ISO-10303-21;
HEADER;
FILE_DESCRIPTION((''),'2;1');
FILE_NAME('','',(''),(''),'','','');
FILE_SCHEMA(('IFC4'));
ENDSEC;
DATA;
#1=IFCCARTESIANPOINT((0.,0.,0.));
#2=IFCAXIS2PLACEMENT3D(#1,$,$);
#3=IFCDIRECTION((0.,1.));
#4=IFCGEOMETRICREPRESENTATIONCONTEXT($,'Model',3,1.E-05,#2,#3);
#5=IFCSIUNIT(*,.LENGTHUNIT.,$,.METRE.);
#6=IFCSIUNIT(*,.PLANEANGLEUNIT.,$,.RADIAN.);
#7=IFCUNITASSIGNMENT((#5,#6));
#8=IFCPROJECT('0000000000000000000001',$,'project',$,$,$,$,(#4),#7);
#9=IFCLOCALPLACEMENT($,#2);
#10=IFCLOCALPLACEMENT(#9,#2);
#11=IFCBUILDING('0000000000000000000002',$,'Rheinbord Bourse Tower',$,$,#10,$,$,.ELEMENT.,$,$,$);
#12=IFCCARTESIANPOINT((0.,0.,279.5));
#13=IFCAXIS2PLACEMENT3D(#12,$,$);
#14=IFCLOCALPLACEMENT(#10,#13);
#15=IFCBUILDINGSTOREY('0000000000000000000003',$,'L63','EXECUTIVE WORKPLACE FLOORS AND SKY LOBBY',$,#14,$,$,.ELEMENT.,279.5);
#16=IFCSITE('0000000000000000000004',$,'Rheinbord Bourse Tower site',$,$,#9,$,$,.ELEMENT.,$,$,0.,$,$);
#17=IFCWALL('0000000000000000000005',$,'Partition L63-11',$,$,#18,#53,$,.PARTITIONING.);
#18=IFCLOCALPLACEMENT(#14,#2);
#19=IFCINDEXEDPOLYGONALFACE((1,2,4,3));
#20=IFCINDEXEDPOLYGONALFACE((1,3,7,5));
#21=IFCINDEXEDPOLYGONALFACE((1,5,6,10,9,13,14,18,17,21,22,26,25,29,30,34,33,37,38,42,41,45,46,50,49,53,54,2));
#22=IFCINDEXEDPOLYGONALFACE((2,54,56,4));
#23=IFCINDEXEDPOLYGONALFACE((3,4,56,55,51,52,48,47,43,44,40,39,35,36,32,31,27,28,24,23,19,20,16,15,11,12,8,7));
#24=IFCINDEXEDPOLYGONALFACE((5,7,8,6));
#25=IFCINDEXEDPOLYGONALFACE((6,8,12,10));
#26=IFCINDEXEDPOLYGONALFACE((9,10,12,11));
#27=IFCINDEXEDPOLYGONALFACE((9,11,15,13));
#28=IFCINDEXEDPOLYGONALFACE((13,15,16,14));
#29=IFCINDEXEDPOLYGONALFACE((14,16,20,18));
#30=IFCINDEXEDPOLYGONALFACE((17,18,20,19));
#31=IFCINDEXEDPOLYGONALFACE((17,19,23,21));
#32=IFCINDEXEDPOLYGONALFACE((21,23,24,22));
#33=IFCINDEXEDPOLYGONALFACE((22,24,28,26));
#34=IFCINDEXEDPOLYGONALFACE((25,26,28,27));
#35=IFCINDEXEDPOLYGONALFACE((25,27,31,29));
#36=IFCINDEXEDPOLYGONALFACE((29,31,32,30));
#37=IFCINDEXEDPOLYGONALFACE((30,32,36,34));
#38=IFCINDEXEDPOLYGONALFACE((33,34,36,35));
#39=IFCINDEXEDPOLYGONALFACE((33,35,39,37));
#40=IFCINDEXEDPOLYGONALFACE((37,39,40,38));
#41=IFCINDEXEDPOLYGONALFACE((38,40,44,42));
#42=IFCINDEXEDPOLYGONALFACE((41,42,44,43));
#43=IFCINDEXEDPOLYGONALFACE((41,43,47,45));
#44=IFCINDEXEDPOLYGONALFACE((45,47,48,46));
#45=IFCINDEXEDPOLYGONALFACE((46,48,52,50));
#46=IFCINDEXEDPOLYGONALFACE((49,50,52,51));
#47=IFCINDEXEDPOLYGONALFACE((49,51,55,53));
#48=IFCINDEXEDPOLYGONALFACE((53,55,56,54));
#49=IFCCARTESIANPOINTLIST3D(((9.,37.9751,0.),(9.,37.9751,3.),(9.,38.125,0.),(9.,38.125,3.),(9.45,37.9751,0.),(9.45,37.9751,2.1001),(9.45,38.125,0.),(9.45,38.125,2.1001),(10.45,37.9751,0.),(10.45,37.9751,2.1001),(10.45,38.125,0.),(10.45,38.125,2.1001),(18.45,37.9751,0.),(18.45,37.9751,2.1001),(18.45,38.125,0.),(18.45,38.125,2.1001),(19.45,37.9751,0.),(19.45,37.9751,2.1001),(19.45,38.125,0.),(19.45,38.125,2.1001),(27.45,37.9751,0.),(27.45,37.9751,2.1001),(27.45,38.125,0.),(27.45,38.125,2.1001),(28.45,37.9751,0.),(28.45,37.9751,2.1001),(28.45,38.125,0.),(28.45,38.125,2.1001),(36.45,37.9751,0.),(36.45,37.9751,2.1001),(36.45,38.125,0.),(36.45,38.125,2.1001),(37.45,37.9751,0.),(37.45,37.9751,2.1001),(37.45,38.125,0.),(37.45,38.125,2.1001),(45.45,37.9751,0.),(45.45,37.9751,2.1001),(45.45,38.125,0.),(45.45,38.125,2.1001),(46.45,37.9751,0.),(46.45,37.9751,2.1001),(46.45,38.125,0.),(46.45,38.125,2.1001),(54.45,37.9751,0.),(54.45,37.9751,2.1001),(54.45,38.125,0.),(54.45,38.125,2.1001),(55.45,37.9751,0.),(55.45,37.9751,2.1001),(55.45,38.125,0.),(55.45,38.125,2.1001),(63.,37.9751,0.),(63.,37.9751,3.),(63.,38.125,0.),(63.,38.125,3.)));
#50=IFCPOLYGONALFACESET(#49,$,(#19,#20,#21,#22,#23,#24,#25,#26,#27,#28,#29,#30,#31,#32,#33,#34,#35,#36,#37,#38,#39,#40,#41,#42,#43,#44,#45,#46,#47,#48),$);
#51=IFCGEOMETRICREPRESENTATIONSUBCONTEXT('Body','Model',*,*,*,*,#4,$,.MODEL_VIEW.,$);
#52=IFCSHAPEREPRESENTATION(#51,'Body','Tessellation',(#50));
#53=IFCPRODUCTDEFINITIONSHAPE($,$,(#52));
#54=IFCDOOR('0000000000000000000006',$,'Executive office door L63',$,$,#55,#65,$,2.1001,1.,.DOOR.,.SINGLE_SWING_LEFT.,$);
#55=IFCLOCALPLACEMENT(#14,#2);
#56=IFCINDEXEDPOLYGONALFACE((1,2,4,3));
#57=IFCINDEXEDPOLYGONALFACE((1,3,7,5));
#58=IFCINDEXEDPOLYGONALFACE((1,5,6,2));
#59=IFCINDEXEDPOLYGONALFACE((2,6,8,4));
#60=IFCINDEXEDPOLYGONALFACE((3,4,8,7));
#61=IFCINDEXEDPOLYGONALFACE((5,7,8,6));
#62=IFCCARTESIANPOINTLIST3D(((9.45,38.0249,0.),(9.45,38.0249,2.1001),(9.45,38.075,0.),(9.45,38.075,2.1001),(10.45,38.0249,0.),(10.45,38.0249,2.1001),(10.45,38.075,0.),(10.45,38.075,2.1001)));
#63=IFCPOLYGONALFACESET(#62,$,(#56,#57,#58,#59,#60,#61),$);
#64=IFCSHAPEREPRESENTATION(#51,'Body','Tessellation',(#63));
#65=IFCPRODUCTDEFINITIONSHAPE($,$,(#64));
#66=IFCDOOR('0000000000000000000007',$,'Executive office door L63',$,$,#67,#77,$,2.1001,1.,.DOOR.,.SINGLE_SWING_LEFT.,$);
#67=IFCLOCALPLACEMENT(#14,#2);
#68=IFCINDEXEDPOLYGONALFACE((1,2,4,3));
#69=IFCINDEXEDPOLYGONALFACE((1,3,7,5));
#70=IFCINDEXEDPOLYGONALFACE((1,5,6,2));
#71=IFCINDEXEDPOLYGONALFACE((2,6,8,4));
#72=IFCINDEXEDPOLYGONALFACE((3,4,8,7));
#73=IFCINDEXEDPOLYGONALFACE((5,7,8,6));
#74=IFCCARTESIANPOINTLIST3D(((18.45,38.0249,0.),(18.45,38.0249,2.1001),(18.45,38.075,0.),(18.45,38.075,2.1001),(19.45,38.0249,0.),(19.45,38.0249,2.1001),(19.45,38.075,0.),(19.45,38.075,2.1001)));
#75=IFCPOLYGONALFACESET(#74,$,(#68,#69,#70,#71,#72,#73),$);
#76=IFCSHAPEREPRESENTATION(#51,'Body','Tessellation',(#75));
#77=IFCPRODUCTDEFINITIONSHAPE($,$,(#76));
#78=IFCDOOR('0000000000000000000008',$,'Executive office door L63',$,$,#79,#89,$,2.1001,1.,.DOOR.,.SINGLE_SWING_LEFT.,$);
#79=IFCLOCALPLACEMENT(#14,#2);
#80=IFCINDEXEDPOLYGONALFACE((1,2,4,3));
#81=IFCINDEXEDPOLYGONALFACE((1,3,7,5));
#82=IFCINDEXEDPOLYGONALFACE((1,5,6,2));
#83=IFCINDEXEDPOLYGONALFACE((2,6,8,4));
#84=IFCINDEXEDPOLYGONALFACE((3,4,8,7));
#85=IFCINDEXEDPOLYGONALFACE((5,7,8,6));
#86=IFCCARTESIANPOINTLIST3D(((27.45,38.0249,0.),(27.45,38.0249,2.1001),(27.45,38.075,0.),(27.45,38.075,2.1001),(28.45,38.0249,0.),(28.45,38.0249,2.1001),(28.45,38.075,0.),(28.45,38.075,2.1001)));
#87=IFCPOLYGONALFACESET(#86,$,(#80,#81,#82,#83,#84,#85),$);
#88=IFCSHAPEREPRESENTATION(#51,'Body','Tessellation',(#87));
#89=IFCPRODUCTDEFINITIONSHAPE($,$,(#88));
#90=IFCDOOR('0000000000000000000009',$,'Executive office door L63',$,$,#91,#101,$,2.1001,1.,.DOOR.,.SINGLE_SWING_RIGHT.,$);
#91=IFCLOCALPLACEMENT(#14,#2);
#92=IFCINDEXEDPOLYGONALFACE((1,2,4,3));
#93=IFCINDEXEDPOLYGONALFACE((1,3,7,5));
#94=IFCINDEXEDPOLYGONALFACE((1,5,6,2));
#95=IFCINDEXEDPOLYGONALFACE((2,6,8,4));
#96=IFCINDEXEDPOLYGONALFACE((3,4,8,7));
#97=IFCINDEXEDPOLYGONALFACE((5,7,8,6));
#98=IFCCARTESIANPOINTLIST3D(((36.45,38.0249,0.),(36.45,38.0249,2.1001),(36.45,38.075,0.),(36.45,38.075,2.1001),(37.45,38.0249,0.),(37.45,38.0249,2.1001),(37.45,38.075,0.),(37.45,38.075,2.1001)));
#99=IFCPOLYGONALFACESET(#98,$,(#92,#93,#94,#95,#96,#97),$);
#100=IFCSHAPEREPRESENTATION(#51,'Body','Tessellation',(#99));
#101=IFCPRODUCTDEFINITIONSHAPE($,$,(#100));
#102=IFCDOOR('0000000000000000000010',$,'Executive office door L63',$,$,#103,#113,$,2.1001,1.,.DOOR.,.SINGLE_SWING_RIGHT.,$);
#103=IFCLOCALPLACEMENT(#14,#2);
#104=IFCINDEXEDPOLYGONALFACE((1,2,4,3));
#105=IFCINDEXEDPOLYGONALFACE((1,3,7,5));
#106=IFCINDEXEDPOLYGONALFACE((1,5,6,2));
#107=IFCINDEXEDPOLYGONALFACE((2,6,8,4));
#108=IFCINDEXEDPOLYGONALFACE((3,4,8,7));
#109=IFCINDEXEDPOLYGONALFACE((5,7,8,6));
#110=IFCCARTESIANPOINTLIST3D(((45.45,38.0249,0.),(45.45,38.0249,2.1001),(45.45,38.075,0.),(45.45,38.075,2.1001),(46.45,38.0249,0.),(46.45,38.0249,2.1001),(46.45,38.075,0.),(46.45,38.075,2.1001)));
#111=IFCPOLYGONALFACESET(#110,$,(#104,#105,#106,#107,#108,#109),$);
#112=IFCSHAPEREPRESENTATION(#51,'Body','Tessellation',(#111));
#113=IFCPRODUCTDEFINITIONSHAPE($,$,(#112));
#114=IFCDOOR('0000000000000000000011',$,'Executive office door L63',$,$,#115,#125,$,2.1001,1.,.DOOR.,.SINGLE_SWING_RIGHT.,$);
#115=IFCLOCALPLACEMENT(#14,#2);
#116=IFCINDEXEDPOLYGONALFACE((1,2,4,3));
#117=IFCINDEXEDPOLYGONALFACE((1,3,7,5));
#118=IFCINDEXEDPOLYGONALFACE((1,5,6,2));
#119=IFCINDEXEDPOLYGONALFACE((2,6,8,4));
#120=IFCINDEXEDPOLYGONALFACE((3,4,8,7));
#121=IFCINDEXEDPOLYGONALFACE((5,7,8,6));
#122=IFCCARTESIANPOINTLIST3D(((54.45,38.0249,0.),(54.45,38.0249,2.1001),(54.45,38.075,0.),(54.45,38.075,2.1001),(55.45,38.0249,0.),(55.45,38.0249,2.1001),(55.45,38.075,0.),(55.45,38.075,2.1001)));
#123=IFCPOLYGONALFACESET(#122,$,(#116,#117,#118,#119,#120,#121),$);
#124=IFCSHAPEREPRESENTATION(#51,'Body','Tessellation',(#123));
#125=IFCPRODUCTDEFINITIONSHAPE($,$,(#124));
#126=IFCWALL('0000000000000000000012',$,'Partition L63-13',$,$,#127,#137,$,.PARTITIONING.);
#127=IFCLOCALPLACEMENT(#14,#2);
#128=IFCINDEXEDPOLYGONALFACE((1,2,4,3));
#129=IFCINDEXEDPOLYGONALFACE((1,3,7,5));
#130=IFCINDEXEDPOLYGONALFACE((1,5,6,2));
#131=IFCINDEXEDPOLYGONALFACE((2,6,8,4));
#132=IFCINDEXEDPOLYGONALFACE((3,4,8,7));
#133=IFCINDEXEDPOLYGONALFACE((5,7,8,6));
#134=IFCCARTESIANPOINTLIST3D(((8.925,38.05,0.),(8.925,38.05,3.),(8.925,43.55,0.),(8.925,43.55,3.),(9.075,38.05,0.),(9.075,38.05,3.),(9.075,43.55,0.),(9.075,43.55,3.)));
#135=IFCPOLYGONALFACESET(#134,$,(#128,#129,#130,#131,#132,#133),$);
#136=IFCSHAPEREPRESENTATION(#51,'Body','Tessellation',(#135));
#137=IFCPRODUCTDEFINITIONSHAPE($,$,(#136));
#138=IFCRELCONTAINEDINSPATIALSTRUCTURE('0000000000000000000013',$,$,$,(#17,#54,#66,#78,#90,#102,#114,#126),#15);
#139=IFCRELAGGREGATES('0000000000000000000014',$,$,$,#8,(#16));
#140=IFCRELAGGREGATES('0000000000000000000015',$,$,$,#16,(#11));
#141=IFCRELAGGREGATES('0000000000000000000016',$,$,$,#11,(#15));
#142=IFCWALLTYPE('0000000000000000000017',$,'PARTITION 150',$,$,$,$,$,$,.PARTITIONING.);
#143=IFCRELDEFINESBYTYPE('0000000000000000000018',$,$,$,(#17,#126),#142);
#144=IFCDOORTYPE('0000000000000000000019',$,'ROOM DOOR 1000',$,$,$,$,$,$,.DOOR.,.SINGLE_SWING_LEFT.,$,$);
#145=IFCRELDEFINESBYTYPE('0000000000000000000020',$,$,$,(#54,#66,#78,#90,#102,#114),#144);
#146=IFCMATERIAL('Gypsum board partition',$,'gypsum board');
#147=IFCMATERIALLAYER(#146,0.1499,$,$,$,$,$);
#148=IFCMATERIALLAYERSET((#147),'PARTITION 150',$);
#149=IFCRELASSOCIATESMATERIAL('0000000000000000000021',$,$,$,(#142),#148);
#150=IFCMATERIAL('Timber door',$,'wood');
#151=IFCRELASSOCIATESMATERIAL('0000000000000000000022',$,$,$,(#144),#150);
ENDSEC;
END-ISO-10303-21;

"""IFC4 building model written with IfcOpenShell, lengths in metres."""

from ifc_helpers import new_model, si_unit, direction, frame, frame_2d, origin, place, context, subcontext, project, spatial, rectangle, extrude, material, layer, layer_set, type_object, element, fill, save


model = new_model("IFC4")

# Units and contexts
model_context = context("Model", 3, precision=1e-05, world=origin(), true_north=direction((0.0, 1.0)))
body_context = subcontext(model_context, "Body", "Model", "MODEL_VIEW")
ifc_project = project(units=[si_unit("LENGTHUNIT", "METRE"), si_unit("PLANEANGLEUNIT", "RADIAN")], contexts=[model_context])

# Site, building, storey
site_placement = place(None, origin())
site = spatial("IfcSite", under=ifc_project, at=site_placement, Name="Rheinbord Bourse Tower site", CompositionType="ELEMENT", RefElevation=0.0)
building_placement = place(site_placement, origin())
building = spatial("IfcBuilding", under=site, at=building_placement, Name="Rheinbord Bourse Tower", CompositionType="ELEMENT")
storey_placement = place(building_placement, frame((0.0, 0.0, 279.5)))
storey = spatial("IfcBuildingStorey", under=building, at=storey_placement, Name="L63", Description="EXECUTIVE WORKPLACE FLOORS AND SKY LOBBY", CompositionType="ELEMENT", Elevation=279.5)

# Wall, openings, doors
ifc_material_1 = material(Name="Gypsum board partition", Category="gypsum board")
ifc_layer_1 = layer(ifc_material_1, 0.1499)
ifc_layer_set_1 = layer_set([ifc_layer_1], Name="PARTITION 150")
wall_type = type_object("IfcWallType", Name="PARTITION 150", PredefinedType="PARTITIONING", material=ifc_layer_set_1)
wall_1_placement = place(storey_placement, frame((9.0, 38.05, 0.0), z_axis=(0.0, 0.0, 1.0), x_axis=(1.0, 0.0, 0.0)))
wall_1 = element("IfcWall", 1, at=wall_1_placement, inside=storey, type_object=wall_type, Name="Partition L63-11", PredefinedType="PARTITIONING", context=body_context, shape_type="SweptSolid", body=[
    extrude(rectangle(XDim=54.0, YDim=0.1499, at=frame_2d((27.0, 0.0))), origin(), (0.0, 0.0, 1.0), 3.0),
])
opening_1_placement = place(wall_1_placement, frame((0.45, 0.0, 0.0)))
opening_1 = element("IfcOpeningElement", 2, at=opening_1_placement, cuts=wall_1, PredefinedType="OPENING", context=body_context, shape_type="SweptSolid", body=[
    extrude(rectangle(XDim=1.0, YDim=2.1001, at=frame_2d((0.5, 1.05))), frame((0.0, 0.085, 0.0), z_axis=(0.0, -1.0, 0.0), x_axis=(1.0, 0.0, 0.0)), (0.0, 0.0, 1.0), 0.1699),
])
opening_2_placement = place(wall_1_placement, frame((9.45, 0.0, 0.0)))
opening_2 = element("IfcOpeningElement", 3, at=opening_2_placement, cuts=wall_1, PredefinedType="OPENING", context=body_context, shape_type="SweptSolid", body=[
    extrude(rectangle(XDim=1.0, YDim=2.1001, at=frame_2d((0.5, 1.05))), frame((0.0, 0.085, 0.0), z_axis=(0.0, -1.0, 0.0), x_axis=(1.0, 0.0, 0.0)), (0.0, 0.0, 1.0), 0.1699),
])
opening_3_placement = place(wall_1_placement, frame((18.45, 0.0, 0.0)))
opening_3 = element("IfcOpeningElement", 4, at=opening_3_placement, cuts=wall_1, PredefinedType="OPENING", context=body_context, shape_type="SweptSolid", body=[
    extrude(rectangle(XDim=1.0, YDim=2.1001, at=frame_2d((0.5, 1.05))), frame((0.0, 0.085, 0.0), z_axis=(0.0, -1.0, 0.0), x_axis=(1.0, 0.0, 0.0)), (0.0, 0.0, 1.0), 0.1699),
])
opening_4_placement = place(wall_1_placement, frame((27.45, 0.0, 0.0)))
opening_4 = element("IfcOpeningElement", 5, at=opening_4_placement, cuts=wall_1, PredefinedType="OPENING", context=body_context, shape_type="SweptSolid", body=[
    extrude(rectangle(XDim=1.0, YDim=2.1001, at=frame_2d((0.5, 1.05))), frame((0.0, 0.085, 0.0), z_axis=(0.0, -1.0, 0.0), x_axis=(1.0, 0.0, 0.0)), (0.0, 0.0, 1.0), 0.1699),
])
opening_5_placement = place(wall_1_placement, frame((36.45, 0.0, 0.0)))
opening_5 = element("IfcOpeningElement", 6, at=opening_5_placement, cuts=wall_1, PredefinedType="OPENING", context=body_context, shape_type="SweptSolid", body=[
    extrude(rectangle(XDim=1.0, YDim=2.1001, at=frame_2d((0.5, 1.05))), frame((0.0, 0.085, 0.0), z_axis=(0.0, -1.0, 0.0), x_axis=(1.0, 0.0, 0.0)), (0.0, 0.0, 1.0), 0.1699),
])
opening_6_placement = place(wall_1_placement, frame((45.45, 0.0, 0.0)))
opening_6 = element("IfcOpeningElement", 7, at=opening_6_placement, cuts=wall_1, PredefinedType="OPENING", context=body_context, shape_type="SweptSolid", body=[
    extrude(rectangle(XDim=1.0, YDim=2.1001, at=frame_2d((0.5, 1.05))), frame((0.0, 0.085, 0.0), z_axis=(0.0, -1.0, 0.0), x_axis=(1.0, 0.0, 0.0)), (0.0, 0.0, 1.0), 0.1699),
])
ifc_material_2 = material(Name="Timber door", Category="wood")
door_type = type_object("IfcDoorType", Name="ROOM DOOR 1000", OperationType="SINGLE_SWING_LEFT", PredefinedType="DOOR", material=ifc_material_2)
door_1_placement = place(opening_1_placement, origin())
door_1 = element("IfcDoor", 8, at=door_1_placement, inside=storey, type_object=door_type, Name="Executive office door L63", OperationType="SINGLE_SWING_LEFT", OverallHeight=2.1001, OverallWidth=1.0, PredefinedType="DOOR", context=body_context, shape_type="SweptSolid", body=[
    extrude(rectangle(XDim=1.0, YDim=2.1001, at=frame_2d((0.5, 1.05))), frame((0.0, 0.0249, 0.0), z_axis=(0.0, -1.0, 0.0), x_axis=(1.0, 0.0, 0.0)), (0.0, 0.0, 1.0), 0.05),
])
fill(opening_1, door_1)
door_2_placement = place(opening_2_placement, origin())
door_2 = element("IfcDoor", 9, at=door_2_placement, inside=storey, type_object=door_type, Name="Executive office door L63", OperationType="SINGLE_SWING_LEFT", OverallHeight=2.1001, OverallWidth=1.0, PredefinedType="DOOR", context=body_context, shape_type="SweptSolid", body=[
    extrude(rectangle(XDim=1.0, YDim=2.1001, at=frame_2d((0.5, 1.05))), frame((0.0, 0.0249, 0.0), z_axis=(0.0, -1.0, 0.0), x_axis=(1.0, 0.0, 0.0)), (0.0, 0.0, 1.0), 0.05),
])
fill(opening_2, door_2)
door_3_placement = place(opening_3_placement, origin())
door_3 = element("IfcDoor", 10, at=door_3_placement, inside=storey, type_object=door_type, Name="Executive office door L63", OperationType="SINGLE_SWING_LEFT", OverallHeight=2.1001, OverallWidth=1.0, PredefinedType="DOOR", context=body_context, shape_type="SweptSolid", body=[
    extrude(rectangle(XDim=1.0, YDim=2.1001, at=frame_2d((0.5, 1.05))), frame((0.0, 0.0249, 0.0), z_axis=(0.0, -1.0, 0.0), x_axis=(1.0, 0.0, 0.0)), (0.0, 0.0, 1.0), 0.05),
])
fill(opening_3, door_3)
door_4_placement = place(opening_4_placement, origin())
door_4 = element("IfcDoor", 11, at=door_4_placement, inside=storey, type_object=door_type, Name="Executive office door L63", OperationType="SINGLE_SWING_RIGHT", OverallHeight=2.1001, OverallWidth=1.0, PredefinedType="DOOR", context=body_context, shape_type="SweptSolid", body=[
    extrude(rectangle(XDim=1.0, YDim=2.1001, at=frame_2d((0.5, 1.05))), frame((0.0, 0.0249, 0.0), z_axis=(0.0, -1.0, 0.0), x_axis=(1.0, 0.0, 0.0)), (0.0, 0.0, 1.0), 0.05),
])
fill(opening_4, door_4)
door_5_placement = place(opening_5_placement, origin())
door_5 = element("IfcDoor", 12, at=door_5_placement, inside=storey, type_object=door_type, Name="Executive office door L63", OperationType="SINGLE_SWING_RIGHT", OverallHeight=2.1001, OverallWidth=1.0, PredefinedType="DOOR", context=body_context, shape_type="SweptSolid", body=[
    extrude(rectangle(XDim=1.0, YDim=2.1001, at=frame_2d((0.5, 1.05))), frame((0.0, 0.0249, 0.0), z_axis=(0.0, -1.0, 0.0), x_axis=(1.0, 0.0, 0.0)), (0.0, 0.0, 1.0), 0.05),
])
fill(opening_5, door_5)
door_6_placement = place(opening_6_placement, origin())
door_6 = element("IfcDoor", 13, at=door_6_placement, inside=storey, type_object=door_type, Name="Executive office door L63", OperationType="SINGLE_SWING_RIGHT", OverallHeight=2.1001, OverallWidth=1.0, PredefinedType="DOOR", context=body_context, shape_type="SweptSolid", body=[
    extrude(rectangle(XDim=1.0, YDim=2.1001, at=frame_2d((0.5, 1.05))), frame((0.0, 0.0249, 0.0), z_axis=(0.0, -1.0, 0.0), x_axis=(1.0, 0.0, 0.0)), (0.0, 0.0, 1.0), 0.05),
])
fill(opening_6, door_6)

# Wall
wall_2_placement = place(storey_placement, frame((9.0, 38.05, 0.0), z_axis=(0.0, 0.0, 1.0), x_axis=(0.0, 1.0, 0.0)))
element("IfcWall", 14, at=wall_2_placement, inside=storey, type_object=wall_type, Name="Partition L63-13", PredefinedType="PARTITIONING", context=body_context, shape_type="SweptSolid", body=[
    extrude(rectangle(XDim=5.5, YDim=0.1499, at=frame_2d((2.75, 0.0))), origin(), (0.0, 0.0, 1.0), 3.0),
])

save(model, "model.ifc")
